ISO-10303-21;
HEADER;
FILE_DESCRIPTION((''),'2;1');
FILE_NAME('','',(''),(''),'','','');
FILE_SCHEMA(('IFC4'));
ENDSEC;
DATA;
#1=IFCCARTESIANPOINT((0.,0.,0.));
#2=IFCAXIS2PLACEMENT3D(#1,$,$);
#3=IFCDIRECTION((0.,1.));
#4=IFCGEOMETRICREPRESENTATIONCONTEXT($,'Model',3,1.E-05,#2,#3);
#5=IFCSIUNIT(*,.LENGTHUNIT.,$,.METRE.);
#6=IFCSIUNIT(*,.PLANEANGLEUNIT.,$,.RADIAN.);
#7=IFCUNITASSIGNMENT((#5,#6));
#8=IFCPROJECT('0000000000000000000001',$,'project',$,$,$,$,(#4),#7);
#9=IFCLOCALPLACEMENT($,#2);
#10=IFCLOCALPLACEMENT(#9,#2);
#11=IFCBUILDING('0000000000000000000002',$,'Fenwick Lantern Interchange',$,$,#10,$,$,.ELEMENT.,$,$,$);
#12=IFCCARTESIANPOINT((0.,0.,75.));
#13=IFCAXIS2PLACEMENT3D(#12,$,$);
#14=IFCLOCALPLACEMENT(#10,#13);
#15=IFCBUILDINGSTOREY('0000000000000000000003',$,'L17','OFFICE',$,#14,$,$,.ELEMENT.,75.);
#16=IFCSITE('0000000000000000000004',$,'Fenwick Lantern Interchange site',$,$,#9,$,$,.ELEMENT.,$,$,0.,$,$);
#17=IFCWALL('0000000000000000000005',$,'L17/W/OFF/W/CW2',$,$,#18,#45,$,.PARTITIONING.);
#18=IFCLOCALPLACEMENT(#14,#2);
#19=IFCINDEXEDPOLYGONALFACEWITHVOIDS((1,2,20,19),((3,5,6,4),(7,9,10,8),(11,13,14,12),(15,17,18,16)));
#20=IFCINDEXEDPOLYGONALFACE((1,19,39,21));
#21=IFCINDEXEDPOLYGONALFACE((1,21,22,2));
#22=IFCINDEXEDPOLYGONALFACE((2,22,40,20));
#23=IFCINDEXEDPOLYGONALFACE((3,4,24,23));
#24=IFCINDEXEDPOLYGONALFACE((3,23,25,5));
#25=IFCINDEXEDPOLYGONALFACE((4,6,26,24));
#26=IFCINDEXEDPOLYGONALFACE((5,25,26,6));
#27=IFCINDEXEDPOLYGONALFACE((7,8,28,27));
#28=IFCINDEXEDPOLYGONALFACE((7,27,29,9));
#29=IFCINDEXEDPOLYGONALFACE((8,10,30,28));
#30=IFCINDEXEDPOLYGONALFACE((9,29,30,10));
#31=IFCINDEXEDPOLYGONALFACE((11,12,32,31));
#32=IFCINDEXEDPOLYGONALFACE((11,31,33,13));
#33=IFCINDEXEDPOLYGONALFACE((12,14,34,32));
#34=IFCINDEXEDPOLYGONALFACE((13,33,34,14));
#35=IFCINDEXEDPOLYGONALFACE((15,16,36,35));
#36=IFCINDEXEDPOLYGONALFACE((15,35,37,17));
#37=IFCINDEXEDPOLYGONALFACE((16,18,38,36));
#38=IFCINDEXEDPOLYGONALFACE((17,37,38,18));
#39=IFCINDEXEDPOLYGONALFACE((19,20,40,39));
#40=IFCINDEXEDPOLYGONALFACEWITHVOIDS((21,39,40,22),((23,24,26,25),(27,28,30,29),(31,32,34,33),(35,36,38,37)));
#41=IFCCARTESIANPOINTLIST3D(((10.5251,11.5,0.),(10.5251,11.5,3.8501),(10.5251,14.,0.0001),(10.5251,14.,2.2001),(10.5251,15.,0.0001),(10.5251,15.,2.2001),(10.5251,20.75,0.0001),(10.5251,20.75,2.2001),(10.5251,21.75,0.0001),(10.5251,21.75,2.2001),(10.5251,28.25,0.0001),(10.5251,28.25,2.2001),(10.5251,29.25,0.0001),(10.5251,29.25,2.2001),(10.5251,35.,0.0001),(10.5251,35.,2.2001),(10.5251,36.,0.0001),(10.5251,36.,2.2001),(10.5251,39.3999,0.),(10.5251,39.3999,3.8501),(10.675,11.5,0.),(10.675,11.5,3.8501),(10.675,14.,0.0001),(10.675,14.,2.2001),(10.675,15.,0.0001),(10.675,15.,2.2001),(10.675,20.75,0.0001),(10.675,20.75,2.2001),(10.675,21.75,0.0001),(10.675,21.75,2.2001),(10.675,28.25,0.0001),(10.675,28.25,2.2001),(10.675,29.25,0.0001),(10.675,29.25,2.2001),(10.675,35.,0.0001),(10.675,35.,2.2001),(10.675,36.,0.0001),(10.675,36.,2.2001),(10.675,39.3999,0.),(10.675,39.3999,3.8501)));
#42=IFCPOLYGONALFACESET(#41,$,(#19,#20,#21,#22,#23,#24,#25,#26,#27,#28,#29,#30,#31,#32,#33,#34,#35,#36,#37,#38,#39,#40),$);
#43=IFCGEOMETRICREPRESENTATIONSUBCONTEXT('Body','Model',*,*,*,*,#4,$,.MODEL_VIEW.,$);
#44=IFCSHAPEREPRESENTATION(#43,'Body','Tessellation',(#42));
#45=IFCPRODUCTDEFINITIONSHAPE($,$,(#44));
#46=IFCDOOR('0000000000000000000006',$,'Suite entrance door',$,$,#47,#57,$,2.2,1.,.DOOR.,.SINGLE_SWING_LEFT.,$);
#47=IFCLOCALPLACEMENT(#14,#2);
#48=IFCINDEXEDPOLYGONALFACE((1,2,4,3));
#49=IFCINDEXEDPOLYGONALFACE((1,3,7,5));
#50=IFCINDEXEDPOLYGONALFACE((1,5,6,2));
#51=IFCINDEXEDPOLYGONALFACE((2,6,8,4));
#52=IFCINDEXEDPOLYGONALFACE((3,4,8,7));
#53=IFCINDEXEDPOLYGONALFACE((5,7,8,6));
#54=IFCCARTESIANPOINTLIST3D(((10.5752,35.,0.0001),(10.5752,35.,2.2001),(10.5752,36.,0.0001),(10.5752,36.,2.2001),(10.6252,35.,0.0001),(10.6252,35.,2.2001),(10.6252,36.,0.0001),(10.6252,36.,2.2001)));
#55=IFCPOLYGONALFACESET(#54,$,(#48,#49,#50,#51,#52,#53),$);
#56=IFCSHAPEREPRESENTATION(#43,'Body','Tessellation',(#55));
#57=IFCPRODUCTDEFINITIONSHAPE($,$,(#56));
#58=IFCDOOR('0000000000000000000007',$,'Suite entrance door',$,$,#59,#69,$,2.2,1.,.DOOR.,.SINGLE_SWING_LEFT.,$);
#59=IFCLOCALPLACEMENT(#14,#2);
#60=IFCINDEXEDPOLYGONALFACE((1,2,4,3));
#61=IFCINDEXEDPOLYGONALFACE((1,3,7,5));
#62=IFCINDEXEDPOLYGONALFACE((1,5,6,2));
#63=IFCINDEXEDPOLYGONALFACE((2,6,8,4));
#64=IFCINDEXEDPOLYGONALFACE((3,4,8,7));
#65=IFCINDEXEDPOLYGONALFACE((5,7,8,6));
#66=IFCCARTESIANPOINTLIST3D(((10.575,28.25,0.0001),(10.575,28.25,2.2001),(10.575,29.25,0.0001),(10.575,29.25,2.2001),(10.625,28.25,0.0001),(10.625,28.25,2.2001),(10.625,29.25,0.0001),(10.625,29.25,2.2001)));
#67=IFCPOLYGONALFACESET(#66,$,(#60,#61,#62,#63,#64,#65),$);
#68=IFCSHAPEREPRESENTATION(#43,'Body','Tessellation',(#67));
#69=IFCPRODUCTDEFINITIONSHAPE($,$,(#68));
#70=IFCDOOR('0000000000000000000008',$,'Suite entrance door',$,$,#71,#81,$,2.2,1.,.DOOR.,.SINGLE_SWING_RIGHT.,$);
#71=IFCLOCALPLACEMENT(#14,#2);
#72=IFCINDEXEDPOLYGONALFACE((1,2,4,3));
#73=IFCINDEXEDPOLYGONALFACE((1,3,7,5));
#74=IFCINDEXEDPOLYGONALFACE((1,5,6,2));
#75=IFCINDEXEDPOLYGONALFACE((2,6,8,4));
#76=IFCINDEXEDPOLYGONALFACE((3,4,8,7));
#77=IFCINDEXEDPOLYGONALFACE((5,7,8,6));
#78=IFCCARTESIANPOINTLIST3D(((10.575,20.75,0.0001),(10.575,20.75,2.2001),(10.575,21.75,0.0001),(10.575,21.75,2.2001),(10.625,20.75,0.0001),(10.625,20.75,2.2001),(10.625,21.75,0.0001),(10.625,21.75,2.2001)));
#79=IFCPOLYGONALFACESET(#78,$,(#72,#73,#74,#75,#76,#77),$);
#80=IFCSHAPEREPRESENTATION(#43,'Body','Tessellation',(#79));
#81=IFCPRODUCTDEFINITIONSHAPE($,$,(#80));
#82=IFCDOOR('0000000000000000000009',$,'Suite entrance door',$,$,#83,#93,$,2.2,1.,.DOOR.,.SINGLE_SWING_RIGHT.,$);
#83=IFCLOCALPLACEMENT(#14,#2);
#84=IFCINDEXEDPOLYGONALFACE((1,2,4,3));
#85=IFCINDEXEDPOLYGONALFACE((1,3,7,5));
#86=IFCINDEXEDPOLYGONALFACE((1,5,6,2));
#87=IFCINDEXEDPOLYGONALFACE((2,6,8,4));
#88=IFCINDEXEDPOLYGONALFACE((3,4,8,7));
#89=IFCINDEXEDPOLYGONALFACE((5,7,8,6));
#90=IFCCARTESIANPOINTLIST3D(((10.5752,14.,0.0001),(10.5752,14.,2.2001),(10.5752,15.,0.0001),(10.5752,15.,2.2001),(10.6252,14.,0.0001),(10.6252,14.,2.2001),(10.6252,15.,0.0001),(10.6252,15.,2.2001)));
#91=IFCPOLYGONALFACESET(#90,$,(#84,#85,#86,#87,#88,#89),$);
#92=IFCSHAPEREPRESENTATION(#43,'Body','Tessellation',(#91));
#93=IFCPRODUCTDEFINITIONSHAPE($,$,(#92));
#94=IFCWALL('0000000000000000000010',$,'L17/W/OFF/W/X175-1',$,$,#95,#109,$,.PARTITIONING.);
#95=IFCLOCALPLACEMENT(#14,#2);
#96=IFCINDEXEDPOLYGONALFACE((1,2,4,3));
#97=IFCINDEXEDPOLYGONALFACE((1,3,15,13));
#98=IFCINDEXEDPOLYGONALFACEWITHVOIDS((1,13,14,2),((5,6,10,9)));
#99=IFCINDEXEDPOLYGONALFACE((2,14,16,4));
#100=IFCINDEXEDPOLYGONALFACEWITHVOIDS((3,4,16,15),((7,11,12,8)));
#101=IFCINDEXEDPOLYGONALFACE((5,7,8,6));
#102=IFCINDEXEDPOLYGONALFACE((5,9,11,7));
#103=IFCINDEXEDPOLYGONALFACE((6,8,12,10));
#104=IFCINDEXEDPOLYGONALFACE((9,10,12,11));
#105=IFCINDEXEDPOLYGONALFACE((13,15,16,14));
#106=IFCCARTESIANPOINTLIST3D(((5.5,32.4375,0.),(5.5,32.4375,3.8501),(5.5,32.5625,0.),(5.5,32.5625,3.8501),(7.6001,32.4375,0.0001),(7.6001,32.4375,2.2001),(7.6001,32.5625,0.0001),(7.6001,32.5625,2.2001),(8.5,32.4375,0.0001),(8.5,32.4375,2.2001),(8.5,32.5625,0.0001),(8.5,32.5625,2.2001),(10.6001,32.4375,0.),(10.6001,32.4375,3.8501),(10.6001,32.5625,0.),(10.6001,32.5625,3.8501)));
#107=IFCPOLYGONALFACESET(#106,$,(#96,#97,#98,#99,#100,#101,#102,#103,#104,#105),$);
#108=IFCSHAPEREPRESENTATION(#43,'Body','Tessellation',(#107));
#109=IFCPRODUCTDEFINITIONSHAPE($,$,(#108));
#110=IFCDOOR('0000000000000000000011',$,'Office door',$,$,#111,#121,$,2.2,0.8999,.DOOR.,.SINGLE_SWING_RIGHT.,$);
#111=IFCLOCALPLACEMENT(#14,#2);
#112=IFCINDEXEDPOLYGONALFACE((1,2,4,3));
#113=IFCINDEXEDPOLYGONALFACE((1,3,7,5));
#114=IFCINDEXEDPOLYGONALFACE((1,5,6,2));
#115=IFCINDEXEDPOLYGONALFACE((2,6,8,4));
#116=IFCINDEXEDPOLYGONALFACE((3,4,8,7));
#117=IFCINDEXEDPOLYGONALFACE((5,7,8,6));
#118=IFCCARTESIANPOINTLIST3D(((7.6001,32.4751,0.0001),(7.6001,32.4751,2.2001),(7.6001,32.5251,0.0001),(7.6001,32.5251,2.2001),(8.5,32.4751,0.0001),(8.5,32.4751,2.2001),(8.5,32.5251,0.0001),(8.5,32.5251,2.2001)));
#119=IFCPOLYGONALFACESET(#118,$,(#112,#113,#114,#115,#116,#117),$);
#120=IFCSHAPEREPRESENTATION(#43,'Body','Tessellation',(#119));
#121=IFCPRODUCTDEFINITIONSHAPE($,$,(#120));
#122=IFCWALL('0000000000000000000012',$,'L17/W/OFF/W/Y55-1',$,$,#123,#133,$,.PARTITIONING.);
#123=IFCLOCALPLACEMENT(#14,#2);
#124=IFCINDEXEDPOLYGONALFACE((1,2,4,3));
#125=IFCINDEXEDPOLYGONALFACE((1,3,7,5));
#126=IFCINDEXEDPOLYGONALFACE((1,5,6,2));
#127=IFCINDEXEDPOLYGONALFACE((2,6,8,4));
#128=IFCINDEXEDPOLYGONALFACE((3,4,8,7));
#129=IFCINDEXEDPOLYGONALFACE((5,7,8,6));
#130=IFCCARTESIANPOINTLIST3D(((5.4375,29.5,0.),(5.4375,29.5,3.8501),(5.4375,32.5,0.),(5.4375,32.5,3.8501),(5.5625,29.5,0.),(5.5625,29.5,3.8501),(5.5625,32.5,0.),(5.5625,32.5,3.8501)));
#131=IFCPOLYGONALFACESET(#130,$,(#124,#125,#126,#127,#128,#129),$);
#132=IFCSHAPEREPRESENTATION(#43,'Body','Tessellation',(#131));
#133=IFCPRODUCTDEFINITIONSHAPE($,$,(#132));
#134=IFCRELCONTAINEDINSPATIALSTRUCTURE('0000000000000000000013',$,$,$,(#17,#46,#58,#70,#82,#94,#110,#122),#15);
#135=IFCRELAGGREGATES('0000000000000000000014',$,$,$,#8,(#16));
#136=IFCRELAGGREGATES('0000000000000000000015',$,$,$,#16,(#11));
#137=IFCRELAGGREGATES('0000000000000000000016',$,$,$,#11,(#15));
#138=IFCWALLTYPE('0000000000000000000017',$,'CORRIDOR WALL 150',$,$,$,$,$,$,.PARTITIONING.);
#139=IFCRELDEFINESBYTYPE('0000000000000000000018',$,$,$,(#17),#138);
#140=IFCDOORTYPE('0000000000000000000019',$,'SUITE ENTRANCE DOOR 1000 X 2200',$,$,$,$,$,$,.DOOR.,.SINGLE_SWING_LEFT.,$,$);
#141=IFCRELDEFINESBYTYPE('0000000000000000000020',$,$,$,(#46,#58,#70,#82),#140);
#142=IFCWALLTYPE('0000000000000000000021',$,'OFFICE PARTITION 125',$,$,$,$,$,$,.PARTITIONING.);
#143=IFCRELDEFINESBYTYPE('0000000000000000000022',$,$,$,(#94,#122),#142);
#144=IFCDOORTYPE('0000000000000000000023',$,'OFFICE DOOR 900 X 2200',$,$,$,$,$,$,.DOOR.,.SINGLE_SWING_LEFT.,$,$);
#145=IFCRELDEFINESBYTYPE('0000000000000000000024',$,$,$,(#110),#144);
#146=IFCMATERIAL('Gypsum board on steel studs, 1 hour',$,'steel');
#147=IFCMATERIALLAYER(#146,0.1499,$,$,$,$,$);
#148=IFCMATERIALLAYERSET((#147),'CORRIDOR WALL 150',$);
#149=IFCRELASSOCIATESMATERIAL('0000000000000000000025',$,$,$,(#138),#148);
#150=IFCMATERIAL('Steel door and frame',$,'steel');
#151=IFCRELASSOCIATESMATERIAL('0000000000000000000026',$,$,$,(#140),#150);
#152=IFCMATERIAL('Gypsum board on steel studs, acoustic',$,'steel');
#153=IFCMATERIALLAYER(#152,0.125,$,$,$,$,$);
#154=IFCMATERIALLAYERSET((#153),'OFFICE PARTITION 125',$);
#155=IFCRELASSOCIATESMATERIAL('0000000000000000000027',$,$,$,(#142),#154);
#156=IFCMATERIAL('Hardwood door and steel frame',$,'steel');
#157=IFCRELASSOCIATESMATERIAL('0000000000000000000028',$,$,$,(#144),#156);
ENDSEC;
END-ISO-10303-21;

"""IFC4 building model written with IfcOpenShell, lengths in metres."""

from ifc_helpers import new_model, si_unit, direction, frame, frame_2d, origin, place, context, subcontext, project, spatial, rectangle, extrude, material, layer, layer_set, type_object, element, fill, save


model = new_model("IFC4")

# Units and contexts
model_context = context("Model", 3, precision=1e-05, world=origin(), true_north=direction((0.0, 1.0)))
body_context = subcontext(model_context, "Body", "Model", "MODEL_VIEW")
ifc_project = project(units=[si_unit("LENGTHUNIT", "METRE"), si_unit("PLANEANGLEUNIT", "RADIAN")], contexts=[model_context])

# Site, building, storey
site_placement = place(None, origin())
site = spatial("IfcSite", under=ifc_project, at=site_placement, Name="Fenwick Lantern Interchange site", CompositionType="ELEMENT", RefElevation=0.0)
building_placement = place(site_placement, origin())
building = spatial("IfcBuilding", under=site, at=building_placement, Name="Fenwick Lantern Interchange", CompositionType="ELEMENT")
storey_placement = place(building_placement, frame((0.0, 0.0, 75.0)))
storey = spatial("IfcBuildingStorey", under=building, at=storey_placement, Name="L17", Description="OFFICE", CompositionType="ELEMENT", Elevation=75.0)

# Wall, openings, doors
ifc_material_1 = material(Name="Steel door and frame", Category="steel")
ifc_material_2 = material(Name="Hardwood door and steel frame", Category="steel")
ifc_material_3 = material(Name="Gypsum board on steel studs, 1 hour", Category="steel")
ifc_layer_1 = layer(ifc_material_3, 0.1499)
ifc_layer_set_1 = layer_set([ifc_layer_1], Name="CORRIDOR WALL 150")
wall_type_1 = type_object("IfcWallType", Name="CORRIDOR WALL 150", PredefinedType="PARTITIONING", material=ifc_layer_set_1)
wall_1_placement = place(storey_placement, frame((10.6001, 39.3999, 0.0), z_axis=(0.0, 0.0, 1.0), x_axis=(0.0, -1.0, 0.0)))
wall_1 = element("IfcWall", 1, at=wall_1_placement, inside=storey, type_object=wall_type_1, Name="L17/W/OFF/W/CW2", PredefinedType="PARTITIONING", context=body_context, shape_type="SweptSolid", body=[
    extrude(rectangle(XDim=27.8999, YDim=0.1499, at=frame_2d((13.95, 0.0))), origin(), (0.0, 0.0, 1.0), 3.8501),
])
opening_1_placement = place(wall_1_placement, frame((3.3999, 0.0, 0.0)))
opening_1 = element("IfcOpeningElement", 2, at=opening_1_placement, cuts=wall_1, PredefinedType="OPENING", context=body_context, shape_type="SweptSolid", body=[
    extrude(rectangle(XDim=1.0, YDim=2.2, at=frame_2d((0.5, 1.1001))), frame((0.0, 0.085, 0.0), z_axis=(0.0, -1.0, 0.0), x_axis=(1.0, 0.0, 0.0)), (0.0, 0.0, 1.0), 0.1699),
])
opening_2_placement = place(wall_1_placement, frame((10.1499, 0.0, 0.0)))
opening_2 = element("IfcOpeningElement", 3, at=opening_2_placement, cuts=wall_1, PredefinedType="OPENING", context=body_context, shape_type="SweptSolid", body=[
    extrude(rectangle(XDim=1.0, YDim=2.2, at=frame_2d((0.5, 1.1001))), frame((0.0, 0.085, 0.0), z_axis=(0.0, -1.0, 0.0), x_axis=(1.0, 0.0, 0.0)), (0.0, 0.0, 1.0), 0.1699),
])
opening_3_placement = place(wall_1_placement, frame((17.6499, 0.0, 0.0)))
opening_3 = element("IfcOpeningElement", 4, at=opening_3_placement, cuts=wall_1, PredefinedType="OPENING", context=body_context, shape_type="SweptSolid", body=[
    extrude(rectangle(XDim=1.0, YDim=2.2, at=frame_2d((0.5, 1.1001))), frame((0.0, 0.085, 0.0), z_axis=(0.0, -1.0, 0.0), x_axis=(1.0, 0.0, 0.0)), (0.0, 0.0, 1.0), 0.1699),
])
opening_4_placement = place(wall_1_placement, frame((24.3999, 0.0, 0.0)))
opening_4 = element("IfcOpeningElement", 5, at=opening_4_placement, cuts=wall_1, PredefinedType="OPENING", context=body_context, shape_type="SweptSolid", body=[
    extrude(rectangle(XDim=1.0, YDim=2.2, at=frame_2d((0.5, 1.1001))), frame((0.0, 0.085, 0.0), z_axis=(0.0, -1.0, 0.0), x_axis=(1.0, 0.0, 0.0)), (0.0, 0.0, 1.0), 0.1699),
])
door_type_1 = type_object("IfcDoorType", Name="SUITE ENTRANCE DOOR 1000 X 2200", OperationType="SINGLE_SWING_LEFT", PredefinedType="DOOR", material=ifc_material_1)
door_1_placement = place(opening_1_placement, frame((1.0, 0.0, 0.0), z_axis=(0.0, 0.0, 1.0), x_axis=(-1.0, 0.0, 0.0)))
door_1 = element("IfcDoor", 6, at=door_1_placement, inside=storey, type_object=door_type_1, Name="Suite entrance door", OperationType="SINGLE_SWING_LEFT", OverallHeight=2.2, OverallWidth=1.0, PredefinedType="DOOR", context=body_context, shape_type="SweptSolid", body=[
    extrude(rectangle(XDim=1.0, YDim=2.2, at=frame_2d((0.5, 1.1001))), frame((0.0, 0.0249, 0.0), z_axis=(0.0, -1.0, 0.0), x_axis=(1.0, 0.0, 0.0)), (0.0, 0.0, 1.0), 0.05),
])
fill(opening_1, door_1)
door_2_placement = place(opening_2_placement, origin())
door_2 = element("IfcDoor", 7, at=door_2_placement, inside=storey, type_object=door_type_1, Name="Suite entrance door", OperationType="SINGLE_SWING_LEFT", OverallHeight=2.2, OverallWidth=1.0, PredefinedType="DOOR", context=body_context, shape_type="SweptSolid", body=[
    extrude(rectangle(XDim=1.0, YDim=2.2, at=frame_2d((0.5, 1.1001))), frame((0.0, 0.0249, 0.0), z_axis=(0.0, -1.0, 0.0), x_axis=(1.0, 0.0, 0.0)), (0.0, 0.0, 1.0), 0.05),
])
fill(opening_2, door_2)
door_3_placement = place(opening_3_placement, origin())
door_3 = element("IfcDoor", 8, at=door_3_placement, inside=storey, type_object=door_type_1, Name="Suite entrance door", OperationType="SINGLE_SWING_RIGHT", OverallHeight=2.2, OverallWidth=1.0, PredefinedType="DOOR", context=body_context, shape_type="SweptSolid", body=[
    extrude(rectangle(XDim=1.0, YDim=2.2, at=frame_2d((0.5, 1.1001))), frame((0.0, 0.0249, 0.0), z_axis=(0.0, -1.0, 0.0), x_axis=(1.0, 0.0, 0.0)), (0.0, 0.0, 1.0), 0.05),
])
fill(opening_3, door_3)
door_4_placement = place(opening_4_placement, frame((1.0, 0.0, 0.0), z_axis=(0.0, 0.0, 1.0), x_axis=(-1.0, 0.0, 0.0)))
door_4 = element("IfcDoor", 9, at=door_4_placement, inside=storey, type_object=door_type_1, Name="Suite entrance door", OperationType="SINGLE_SWING_RIGHT", OverallHeight=2.2, OverallWidth=1.0, PredefinedType="DOOR", context=body_context, shape_type="SweptSolid", body=[
    extrude(rectangle(XDim=1.0, YDim=2.2, at=frame_2d((0.5, 1.1001))), frame((0.0, 0.0249, 0.0), z_axis=(0.0, -1.0, 0.0), x_axis=(1.0, 0.0, 0.0)), (0.0, 0.0, 1.0), 0.05),
])
fill(opening_4, door_4)

# Wall, opening, door
ifc_material_4 = material(Name="Gypsum board on steel studs, acoustic", Category="steel")
ifc_layer_2 = layer(ifc_material_4, 0.125)
ifc_layer_set_2 = layer_set([ifc_layer_2], Name="OFFICE PARTITION 125")
wall_type_2 = type_object("IfcWallType", Name="OFFICE PARTITION 125", PredefinedType="PARTITIONING", material=ifc_layer_set_2)
wall_2_placement = place(storey_placement, frame((5.5, 32.5, 0.0), z_axis=(0.0, 0.0, 1.0), x_axis=(1.0, 0.0, 0.0)))
wall_2 = element("IfcWall", 10, at=wall_2_placement, inside=storey, type_object=wall_type_2, Name="L17/W/OFF/W/X175-1", PredefinedType="PARTITIONING", context=body_context, shape_type="SweptSolid", body=[
    extrude(rectangle(XDim=5.1001, YDim=0.125, at=frame_2d((2.55, 0.0))), origin(), (0.0, 0.0, 1.0), 3.8501),
])
opening_5_placement = place(wall_2_placement, frame((2.1001, 0.0, 0.0)))
opening_5 = element("IfcOpeningElement", 11, at=opening_5_placement, cuts=wall_2, PredefinedType="OPENING", context=body_context, shape_type="SweptSolid", body=[
    extrude(rectangle(XDim=0.8999, YDim=2.2, at=frame_2d((0.45, 1.1001))), frame((0.0, 0.0725, 0.0), z_axis=(0.0, -1.0, 0.0), x_axis=(1.0, 0.0, 0.0)), (0.0, 0.0, 1.0), 0.145),
])
door_type_2 = type_object("IfcDoorType", Name="OFFICE DOOR 900 X 2200", OperationType="SINGLE_SWING_LEFT", PredefinedType="DOOR", material=ifc_material_2)
door_5_placement = place(opening_5_placement, frame((0.8999, 0.0, 0.0), z_axis=(0.0, 0.0, 1.0), x_axis=(-1.0, 0.0, 0.0)))
door_5 = element("IfcDoor", 12, at=door_5_placement, inside=storey, type_object=door_type_2, Name="Office door", OperationType="SINGLE_SWING_RIGHT", OverallHeight=2.2, OverallWidth=0.8999, PredefinedType="DOOR", context=body_context, shape_type="SweptSolid", body=[
    extrude(rectangle(XDim=0.8999, YDim=2.2, at=frame_2d((0.45, 1.1001))), frame((0.0, 0.0249, 0.0), z_axis=(0.0, -1.0, 0.0), x_axis=(1.0, 0.0, 0.0)), (0.0, 0.0, 1.0), 0.05),
])
fill(opening_5, door_5)

# Wall
wall_3_placement = place(storey_placement, frame((5.5, 32.5, 0.0), z_axis=(0.0, 0.0, 1.0), x_axis=(0.0, -1.0, 0.0)))
element("IfcWall", 13, at=wall_3_placement, inside=storey, type_object=wall_type_2, Name="L17/W/OFF/W/Y55-1", PredefinedType="PARTITIONING", context=body_context, shape_type="SweptSolid", body=[
    extrude(rectangle(XDim=3.0, YDim=0.125, at=frame_2d((1.5, 0.0))), origin(), (0.0, 0.0, 1.0), 3.8501),
])

save(model, "model.ifc")
